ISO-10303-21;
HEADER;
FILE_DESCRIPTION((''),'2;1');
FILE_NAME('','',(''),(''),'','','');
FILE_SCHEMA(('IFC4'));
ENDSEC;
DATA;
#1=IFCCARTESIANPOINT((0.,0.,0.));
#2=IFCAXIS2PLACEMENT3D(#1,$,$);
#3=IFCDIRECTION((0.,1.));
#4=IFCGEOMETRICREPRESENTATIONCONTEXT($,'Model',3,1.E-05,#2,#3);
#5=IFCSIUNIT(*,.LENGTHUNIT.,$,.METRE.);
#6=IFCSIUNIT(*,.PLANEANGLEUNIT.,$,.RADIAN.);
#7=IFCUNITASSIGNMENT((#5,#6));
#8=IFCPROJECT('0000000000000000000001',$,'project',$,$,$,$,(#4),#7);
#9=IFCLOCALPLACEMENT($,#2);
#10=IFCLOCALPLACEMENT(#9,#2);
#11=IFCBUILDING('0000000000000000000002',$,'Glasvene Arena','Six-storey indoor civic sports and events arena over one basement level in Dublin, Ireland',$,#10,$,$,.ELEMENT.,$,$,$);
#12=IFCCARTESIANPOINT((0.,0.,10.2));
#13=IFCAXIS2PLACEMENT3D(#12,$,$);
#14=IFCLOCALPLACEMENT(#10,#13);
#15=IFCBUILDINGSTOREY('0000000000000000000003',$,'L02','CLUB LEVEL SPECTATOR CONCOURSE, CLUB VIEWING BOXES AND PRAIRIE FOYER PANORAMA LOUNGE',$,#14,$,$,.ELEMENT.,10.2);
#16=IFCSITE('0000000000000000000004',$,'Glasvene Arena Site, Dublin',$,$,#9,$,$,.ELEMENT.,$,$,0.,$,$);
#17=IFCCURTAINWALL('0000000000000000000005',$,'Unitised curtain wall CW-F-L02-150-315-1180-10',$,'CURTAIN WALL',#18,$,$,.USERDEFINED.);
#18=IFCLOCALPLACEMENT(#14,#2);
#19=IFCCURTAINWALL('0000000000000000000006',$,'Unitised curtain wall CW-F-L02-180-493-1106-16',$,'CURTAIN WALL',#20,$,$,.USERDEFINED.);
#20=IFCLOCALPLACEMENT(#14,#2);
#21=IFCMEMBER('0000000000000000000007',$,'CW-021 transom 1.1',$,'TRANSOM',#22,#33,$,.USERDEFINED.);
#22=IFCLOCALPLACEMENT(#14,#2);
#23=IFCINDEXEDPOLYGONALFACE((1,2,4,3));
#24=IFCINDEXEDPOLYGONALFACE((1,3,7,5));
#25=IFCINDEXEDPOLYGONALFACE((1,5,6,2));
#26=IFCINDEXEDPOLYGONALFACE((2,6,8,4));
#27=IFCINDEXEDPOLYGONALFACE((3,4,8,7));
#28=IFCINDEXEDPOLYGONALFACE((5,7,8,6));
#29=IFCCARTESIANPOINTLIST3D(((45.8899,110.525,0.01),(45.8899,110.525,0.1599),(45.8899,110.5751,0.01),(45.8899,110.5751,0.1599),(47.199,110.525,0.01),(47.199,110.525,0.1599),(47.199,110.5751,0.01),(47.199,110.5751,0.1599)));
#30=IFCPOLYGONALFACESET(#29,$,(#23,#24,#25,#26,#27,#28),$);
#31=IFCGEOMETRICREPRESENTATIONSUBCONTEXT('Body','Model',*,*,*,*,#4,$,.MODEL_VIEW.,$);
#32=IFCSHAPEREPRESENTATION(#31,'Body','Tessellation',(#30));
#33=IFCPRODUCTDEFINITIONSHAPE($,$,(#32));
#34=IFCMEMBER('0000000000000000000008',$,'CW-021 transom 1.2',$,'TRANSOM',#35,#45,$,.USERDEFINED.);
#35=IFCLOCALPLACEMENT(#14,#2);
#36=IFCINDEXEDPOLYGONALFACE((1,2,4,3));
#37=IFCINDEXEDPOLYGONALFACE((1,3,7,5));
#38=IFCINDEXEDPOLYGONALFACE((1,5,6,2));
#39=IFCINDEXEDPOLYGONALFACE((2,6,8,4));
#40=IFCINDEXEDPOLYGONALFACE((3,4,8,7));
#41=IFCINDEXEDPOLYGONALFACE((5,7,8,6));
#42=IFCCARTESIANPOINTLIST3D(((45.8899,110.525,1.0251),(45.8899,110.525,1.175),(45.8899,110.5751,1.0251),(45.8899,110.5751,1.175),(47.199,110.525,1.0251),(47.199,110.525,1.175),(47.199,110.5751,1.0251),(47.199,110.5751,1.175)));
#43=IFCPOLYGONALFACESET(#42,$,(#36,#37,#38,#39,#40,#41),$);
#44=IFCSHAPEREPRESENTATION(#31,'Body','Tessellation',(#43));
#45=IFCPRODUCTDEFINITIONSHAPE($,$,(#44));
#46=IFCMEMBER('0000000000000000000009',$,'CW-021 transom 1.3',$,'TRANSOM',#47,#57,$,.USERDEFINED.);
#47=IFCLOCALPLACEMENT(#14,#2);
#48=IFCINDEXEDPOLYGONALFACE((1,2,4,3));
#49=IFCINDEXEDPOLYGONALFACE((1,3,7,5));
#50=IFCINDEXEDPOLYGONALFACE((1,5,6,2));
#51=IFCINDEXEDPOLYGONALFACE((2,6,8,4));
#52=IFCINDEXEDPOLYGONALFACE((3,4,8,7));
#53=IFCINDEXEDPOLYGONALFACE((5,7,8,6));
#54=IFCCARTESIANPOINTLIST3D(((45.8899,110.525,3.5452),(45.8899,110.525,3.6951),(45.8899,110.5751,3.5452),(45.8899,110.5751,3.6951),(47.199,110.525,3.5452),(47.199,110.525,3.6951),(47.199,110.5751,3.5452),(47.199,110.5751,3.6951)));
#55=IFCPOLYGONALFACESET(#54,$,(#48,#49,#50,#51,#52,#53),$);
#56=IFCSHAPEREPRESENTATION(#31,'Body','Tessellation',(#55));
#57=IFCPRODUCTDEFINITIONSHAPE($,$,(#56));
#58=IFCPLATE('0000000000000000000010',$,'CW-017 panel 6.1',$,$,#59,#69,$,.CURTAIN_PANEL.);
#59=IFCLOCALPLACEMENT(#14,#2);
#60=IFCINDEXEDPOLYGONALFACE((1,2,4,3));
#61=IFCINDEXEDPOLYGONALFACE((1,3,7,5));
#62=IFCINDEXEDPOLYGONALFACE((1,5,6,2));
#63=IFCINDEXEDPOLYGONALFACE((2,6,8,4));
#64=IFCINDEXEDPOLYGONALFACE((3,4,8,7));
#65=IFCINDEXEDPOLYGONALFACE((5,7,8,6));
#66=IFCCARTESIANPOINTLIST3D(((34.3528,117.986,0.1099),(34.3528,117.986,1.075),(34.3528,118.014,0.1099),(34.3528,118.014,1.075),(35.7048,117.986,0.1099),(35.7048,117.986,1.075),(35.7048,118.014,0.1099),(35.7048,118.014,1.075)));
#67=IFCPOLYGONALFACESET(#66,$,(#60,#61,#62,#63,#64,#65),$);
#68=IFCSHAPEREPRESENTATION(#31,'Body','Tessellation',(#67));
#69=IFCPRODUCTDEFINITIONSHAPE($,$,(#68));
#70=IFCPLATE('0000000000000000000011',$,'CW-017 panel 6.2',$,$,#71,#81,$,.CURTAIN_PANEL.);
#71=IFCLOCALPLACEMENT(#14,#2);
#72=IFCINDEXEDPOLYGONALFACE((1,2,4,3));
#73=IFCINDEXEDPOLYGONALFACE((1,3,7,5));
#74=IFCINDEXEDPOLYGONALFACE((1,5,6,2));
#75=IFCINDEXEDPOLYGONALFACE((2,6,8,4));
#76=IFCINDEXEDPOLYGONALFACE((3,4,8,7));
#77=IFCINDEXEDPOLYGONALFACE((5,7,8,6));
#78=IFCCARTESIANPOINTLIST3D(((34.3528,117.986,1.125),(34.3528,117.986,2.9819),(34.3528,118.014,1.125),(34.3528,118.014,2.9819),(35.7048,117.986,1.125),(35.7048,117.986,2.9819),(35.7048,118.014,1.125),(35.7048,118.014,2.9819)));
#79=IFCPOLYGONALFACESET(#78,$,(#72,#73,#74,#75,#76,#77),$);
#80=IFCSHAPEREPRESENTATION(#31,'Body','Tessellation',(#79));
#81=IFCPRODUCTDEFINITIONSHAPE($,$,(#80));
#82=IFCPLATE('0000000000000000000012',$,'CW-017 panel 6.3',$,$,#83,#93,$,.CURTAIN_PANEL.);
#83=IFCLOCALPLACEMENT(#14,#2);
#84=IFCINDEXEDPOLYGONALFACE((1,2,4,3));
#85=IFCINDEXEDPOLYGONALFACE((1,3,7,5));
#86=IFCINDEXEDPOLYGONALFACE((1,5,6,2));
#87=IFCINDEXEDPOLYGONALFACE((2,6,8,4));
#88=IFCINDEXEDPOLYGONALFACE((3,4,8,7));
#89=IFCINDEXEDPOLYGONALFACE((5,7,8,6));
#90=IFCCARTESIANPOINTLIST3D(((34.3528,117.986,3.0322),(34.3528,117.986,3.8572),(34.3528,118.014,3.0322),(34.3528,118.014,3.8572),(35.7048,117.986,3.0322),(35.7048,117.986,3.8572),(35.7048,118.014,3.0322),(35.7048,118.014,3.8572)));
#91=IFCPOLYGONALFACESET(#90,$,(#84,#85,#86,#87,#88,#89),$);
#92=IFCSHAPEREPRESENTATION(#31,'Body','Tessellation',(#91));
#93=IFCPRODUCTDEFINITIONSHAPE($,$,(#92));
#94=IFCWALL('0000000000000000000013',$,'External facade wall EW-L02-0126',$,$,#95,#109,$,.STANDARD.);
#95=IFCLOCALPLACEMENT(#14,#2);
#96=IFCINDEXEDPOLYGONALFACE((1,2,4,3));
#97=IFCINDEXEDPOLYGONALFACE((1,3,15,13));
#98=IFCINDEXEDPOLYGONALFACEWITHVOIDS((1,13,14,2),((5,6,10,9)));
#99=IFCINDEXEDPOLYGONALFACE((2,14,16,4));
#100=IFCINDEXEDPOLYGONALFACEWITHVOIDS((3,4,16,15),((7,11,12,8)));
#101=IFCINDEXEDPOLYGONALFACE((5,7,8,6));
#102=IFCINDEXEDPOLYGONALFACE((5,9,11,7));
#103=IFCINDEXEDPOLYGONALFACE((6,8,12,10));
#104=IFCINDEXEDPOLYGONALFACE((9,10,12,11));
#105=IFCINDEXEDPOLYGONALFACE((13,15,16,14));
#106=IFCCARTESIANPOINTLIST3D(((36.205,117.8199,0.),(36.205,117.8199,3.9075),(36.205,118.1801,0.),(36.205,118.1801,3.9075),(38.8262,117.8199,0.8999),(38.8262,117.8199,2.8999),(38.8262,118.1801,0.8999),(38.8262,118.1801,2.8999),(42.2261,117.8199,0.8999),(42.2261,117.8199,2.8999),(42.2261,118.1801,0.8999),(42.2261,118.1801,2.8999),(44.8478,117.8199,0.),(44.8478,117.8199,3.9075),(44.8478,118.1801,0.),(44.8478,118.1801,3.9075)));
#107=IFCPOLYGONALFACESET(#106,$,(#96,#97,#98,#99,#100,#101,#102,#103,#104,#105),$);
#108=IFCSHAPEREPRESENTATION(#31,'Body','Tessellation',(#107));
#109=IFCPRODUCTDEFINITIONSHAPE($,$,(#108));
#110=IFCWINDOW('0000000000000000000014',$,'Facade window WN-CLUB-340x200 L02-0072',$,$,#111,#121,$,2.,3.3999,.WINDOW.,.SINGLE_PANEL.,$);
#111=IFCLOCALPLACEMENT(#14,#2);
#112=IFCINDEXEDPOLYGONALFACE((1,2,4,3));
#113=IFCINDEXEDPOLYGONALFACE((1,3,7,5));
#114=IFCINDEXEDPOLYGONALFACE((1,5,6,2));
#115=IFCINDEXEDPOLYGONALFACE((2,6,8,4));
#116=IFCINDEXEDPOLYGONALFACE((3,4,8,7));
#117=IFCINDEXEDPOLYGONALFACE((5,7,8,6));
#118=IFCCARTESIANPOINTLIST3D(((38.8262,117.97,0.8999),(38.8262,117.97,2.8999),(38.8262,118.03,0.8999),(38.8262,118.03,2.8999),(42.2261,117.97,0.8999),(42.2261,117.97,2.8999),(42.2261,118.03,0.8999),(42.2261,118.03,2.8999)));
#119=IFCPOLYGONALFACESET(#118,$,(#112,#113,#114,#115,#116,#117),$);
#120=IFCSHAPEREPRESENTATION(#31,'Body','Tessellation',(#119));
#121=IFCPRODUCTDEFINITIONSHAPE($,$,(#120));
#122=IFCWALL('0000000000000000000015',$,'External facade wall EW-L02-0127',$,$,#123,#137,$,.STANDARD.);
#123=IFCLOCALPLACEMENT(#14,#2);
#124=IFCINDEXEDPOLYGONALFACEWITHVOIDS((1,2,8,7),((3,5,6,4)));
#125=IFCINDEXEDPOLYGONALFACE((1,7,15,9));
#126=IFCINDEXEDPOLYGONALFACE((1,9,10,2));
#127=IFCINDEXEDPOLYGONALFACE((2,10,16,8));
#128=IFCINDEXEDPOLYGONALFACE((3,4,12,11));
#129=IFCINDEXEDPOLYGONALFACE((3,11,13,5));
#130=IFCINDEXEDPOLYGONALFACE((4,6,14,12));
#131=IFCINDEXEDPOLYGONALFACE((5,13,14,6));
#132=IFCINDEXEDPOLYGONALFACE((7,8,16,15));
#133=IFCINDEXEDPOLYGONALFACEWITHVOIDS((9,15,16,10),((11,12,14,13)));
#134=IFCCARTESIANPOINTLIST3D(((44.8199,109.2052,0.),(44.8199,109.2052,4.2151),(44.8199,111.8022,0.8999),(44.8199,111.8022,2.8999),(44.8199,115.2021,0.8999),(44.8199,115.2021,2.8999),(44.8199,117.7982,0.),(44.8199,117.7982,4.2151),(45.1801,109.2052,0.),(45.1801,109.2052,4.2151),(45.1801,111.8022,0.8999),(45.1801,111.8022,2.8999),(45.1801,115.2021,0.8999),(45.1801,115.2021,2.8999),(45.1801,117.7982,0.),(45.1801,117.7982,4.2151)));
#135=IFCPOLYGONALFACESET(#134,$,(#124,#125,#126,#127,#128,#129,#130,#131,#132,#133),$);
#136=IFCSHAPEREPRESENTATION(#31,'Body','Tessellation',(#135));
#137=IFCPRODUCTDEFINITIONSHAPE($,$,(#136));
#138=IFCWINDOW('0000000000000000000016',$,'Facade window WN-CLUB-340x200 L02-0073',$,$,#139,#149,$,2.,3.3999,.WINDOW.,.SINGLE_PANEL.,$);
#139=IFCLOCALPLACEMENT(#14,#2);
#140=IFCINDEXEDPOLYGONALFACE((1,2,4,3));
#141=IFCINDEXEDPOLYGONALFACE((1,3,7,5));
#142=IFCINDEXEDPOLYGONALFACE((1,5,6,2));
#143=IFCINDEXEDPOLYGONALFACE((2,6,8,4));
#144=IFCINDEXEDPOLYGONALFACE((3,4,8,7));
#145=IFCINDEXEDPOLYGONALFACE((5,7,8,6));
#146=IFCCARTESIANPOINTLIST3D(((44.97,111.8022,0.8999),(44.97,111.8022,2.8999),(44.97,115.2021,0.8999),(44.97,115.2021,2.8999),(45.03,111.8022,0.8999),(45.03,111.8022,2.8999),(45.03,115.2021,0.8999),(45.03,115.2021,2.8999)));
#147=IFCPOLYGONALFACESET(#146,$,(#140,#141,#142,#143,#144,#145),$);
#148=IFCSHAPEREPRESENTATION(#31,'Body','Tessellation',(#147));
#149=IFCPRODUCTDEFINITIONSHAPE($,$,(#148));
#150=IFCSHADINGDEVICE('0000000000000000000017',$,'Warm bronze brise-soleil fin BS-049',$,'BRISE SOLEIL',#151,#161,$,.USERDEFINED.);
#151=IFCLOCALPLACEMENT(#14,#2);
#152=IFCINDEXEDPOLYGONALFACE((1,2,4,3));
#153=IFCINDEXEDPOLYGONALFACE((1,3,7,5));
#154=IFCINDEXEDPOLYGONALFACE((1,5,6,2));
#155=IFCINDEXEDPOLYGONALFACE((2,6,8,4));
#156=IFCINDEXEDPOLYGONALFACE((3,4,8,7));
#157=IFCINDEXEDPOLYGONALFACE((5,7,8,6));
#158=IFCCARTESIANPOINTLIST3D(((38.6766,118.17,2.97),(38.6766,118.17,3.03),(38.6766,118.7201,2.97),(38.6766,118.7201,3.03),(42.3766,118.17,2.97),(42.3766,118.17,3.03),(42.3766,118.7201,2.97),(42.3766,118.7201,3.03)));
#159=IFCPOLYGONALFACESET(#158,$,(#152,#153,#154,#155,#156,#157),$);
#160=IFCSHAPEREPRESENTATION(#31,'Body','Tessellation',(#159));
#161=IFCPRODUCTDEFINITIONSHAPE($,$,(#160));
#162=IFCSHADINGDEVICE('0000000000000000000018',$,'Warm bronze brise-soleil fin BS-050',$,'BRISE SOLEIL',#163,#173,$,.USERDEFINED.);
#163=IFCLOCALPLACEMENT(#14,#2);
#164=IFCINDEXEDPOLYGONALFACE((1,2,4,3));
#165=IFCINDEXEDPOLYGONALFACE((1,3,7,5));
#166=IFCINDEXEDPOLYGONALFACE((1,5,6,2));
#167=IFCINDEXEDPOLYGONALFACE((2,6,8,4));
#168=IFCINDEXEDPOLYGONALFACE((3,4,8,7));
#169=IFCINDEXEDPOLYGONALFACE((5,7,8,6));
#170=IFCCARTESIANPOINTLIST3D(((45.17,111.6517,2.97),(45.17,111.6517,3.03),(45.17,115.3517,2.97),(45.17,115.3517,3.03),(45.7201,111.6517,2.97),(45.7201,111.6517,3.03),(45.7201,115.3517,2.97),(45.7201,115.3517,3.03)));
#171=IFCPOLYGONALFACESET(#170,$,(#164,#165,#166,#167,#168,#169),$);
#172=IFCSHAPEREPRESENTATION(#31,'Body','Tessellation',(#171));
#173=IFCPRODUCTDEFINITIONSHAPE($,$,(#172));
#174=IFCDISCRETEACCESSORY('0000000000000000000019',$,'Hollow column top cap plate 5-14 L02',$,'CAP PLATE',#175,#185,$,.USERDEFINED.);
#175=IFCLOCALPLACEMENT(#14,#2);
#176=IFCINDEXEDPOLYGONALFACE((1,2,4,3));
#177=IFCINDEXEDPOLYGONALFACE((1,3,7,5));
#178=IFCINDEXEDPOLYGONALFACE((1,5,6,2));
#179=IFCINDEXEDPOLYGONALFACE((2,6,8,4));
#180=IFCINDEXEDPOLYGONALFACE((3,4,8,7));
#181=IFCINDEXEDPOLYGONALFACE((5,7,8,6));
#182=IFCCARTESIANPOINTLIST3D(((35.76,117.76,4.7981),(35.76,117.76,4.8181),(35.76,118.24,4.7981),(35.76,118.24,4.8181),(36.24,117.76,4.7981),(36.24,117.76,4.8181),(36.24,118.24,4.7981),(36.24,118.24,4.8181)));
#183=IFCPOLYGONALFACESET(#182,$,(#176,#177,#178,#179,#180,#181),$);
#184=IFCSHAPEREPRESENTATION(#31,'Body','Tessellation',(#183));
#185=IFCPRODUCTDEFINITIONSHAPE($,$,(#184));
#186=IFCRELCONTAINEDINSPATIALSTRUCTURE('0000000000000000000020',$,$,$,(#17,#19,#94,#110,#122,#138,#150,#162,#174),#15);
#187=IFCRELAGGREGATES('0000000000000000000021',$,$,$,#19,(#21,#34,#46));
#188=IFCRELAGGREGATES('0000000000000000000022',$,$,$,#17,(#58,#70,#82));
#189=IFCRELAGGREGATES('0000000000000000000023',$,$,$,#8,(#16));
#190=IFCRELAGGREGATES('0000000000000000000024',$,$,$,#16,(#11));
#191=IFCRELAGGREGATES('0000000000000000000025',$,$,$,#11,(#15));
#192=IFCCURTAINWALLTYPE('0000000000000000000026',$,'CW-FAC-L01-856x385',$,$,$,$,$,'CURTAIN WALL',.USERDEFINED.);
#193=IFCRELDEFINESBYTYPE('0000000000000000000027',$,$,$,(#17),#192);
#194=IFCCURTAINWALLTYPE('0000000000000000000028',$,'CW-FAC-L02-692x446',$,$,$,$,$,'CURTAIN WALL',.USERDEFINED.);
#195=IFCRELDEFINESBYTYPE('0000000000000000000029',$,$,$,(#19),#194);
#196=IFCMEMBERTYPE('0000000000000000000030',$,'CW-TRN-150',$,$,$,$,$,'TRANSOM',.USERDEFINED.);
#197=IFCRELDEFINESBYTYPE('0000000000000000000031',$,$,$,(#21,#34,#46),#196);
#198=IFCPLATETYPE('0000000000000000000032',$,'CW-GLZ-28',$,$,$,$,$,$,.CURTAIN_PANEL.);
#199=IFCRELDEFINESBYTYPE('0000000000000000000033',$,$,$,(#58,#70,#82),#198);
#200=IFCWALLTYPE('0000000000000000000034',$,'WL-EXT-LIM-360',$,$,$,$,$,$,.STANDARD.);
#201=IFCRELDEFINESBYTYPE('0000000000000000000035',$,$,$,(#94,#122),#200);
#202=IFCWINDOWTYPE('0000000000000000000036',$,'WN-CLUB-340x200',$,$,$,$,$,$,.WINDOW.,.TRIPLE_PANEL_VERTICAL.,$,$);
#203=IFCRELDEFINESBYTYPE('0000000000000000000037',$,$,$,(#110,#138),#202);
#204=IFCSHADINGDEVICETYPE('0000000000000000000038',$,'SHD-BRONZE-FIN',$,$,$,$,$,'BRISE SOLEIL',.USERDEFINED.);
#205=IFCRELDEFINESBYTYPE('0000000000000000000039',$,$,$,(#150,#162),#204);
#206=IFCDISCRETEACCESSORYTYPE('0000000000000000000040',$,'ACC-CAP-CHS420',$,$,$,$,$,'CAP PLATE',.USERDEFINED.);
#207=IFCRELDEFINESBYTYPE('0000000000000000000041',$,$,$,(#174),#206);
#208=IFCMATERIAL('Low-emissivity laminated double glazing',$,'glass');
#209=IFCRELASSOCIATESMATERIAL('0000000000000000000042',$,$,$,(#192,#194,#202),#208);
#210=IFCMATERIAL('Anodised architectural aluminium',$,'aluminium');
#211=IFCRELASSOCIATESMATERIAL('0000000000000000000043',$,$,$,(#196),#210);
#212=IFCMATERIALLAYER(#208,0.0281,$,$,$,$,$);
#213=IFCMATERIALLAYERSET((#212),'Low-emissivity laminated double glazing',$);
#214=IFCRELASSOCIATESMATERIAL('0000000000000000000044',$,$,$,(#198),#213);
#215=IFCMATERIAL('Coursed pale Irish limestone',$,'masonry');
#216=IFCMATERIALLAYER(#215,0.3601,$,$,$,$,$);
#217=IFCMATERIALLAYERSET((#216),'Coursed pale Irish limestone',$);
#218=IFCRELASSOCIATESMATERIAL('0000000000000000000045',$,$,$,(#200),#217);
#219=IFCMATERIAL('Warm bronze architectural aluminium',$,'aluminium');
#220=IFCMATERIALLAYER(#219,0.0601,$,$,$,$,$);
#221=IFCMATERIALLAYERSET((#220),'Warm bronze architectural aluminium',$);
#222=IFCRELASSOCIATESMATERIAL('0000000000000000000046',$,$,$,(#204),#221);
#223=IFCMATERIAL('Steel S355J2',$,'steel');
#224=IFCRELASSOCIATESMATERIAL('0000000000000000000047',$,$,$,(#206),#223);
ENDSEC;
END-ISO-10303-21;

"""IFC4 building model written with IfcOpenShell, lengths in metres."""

from ifc_helpers import new_model, si_unit, direction, frame, frame_2d, origin, origin_2d, place, context, subcontext, project, spatial, rectangle, extrude, material, layer, layer_set, material_profile, profile_set, type_object, element, fill, aggregate, save


model = new_model("IFC4")

# Units and contexts
model_context = context("Model", 3, precision=1e-05, world=origin(), true_north=direction((0.0, 1.0)))
body_context = subcontext(model_context, "Body", "Model", "MODEL_VIEW")
ifc_project = project(units=[si_unit("LENGTHUNIT", "METRE"), si_unit("PLANEANGLEUNIT", "RADIAN")], contexts=[model_context])

# Site, building, storey
site_placement = place(None, origin())
site = spatial("IfcSite", under=ifc_project, at=site_placement, Name="Glasvene Arena Site, Dublin", CompositionType="ELEMENT", RefElevation=0.0)
building_placement = place(site_placement, origin())
building = spatial("IfcBuilding", under=site, at=building_placement, Name="Glasvene Arena", Description="Six-storey indoor civic sports and events arena over one basement level in Dublin, Ireland", CompositionType="ELEMENT")
storey_placement = place(building_placement, frame((0.0, 0.0, 10.2)))
storey = spatial("IfcBuildingStorey", under=building, at=storey_placement, Name="L02", Description="CLUB LEVEL SPECTATOR CONCOURSE, CLUB VIEWING BOXES AND PRAIRIE FOYER PANORAMA LOUNGE", CompositionType="ELEMENT", Elevation=10.2)

# Shared definitions
ifc_material_1 = material(Name="Steel S355J2", Category="steel")

# Curtain walls
ifc_material_2 = material(Name="Low-emissivity laminated double glazing", Category="glass")
curtain_wall_type_1 = type_object("IfcCurtainWallType", Name="CW-FAC-L01-856x385", ElementType="CURTAIN WALL", PredefinedType="USERDEFINED", material=ifc_material_2)
curtain_wall_1_placement = place(storey_placement, frame((27.1919, 118.0, 0.0)))
curtain_wall_1 = element("IfcCurtainWall", 1, at=curtain_wall_1_placement, inside=storey, type_object=curtain_wall_type_1, Name="Unitised curtain wall CW-F-L02-150-315-1180-10", ObjectType="CURTAIN WALL", PredefinedType="USERDEFINED")
ifc_material_3 = material(Name="Anodised architectural aluminium", Category="aluminium")
curtain_wall_type_2 = type_object("IfcCurtainWallType", Name="CW-FAC-L02-692x446", ElementType="CURTAIN WALL", PredefinedType="USERDEFINED", material=ifc_material_2)
curtain_wall_2_placement = place(storey_placement, frame((45.8401, 110.55, 0.0)))
curtain_wall_2 = element("IfcCurtainWall", 2, at=curtain_wall_2_placement, inside=storey, type_object=curtain_wall_type_2, Name="Unitised curtain wall CW-F-L02-180-493-1106-16", ObjectType="CURTAIN WALL", PredefinedType="USERDEFINED")

# Members
ifc_material_profile_1 = material_profile(ifc_material_3, rectangle(XDim=0.05, YDim=0.1499, at=origin_2d()), Name="ALU TRANSOM 50x150")
ifc_profile_set_1 = profile_set([ifc_material_profile_1], Name="Anodised architectural aluminium")
member_type_1 = type_object("IfcMemberType", Name="CW-TRN-150", ElementType="TRANSOM", PredefinedType="USERDEFINED", material=ifc_profile_set_1)
member_1_placement = place(storey_placement, frame((45.8899, 110.55, 0.085), z_axis=(1.0, 0.0, 0.0), x_axis=(0.0, 1.0, 0.0)))
member_1 = element("IfcMember", 3, at=member_1_placement, type_object=member_type_1, Name="CW-021 transom 1.1", ObjectType="TRANSOM", PredefinedType="USERDEFINED", context=body_context, shape_type="SweptSolid", body=[
    extrude(rectangle(XDim=0.05, YDim=0.1499, at=origin_2d()), origin(), (0.0, 0.0, 1.0), 1.3091),
])
member_2_placement = place(storey_placement, frame((45.8899, 110.55, 1.1001), z_axis=(1.0, 0.0, 0.0), x_axis=(0.0, 1.0, 0.0)))
member_2 = element("IfcMember", 4, at=member_2_placement, type_object=member_type_1, Name="CW-021 transom 1.2", ObjectType="TRANSOM", PredefinedType="USERDEFINED", context=body_context, shape_type="SweptSolid", body=[
    extrude(rectangle(XDim=0.05, YDim=0.1499, at=origin_2d()), origin(), (0.0, 0.0, 1.0), 1.3091),
])
member_3_placement = place(storey_placement, frame((45.8899, 110.55, 3.6201), z_axis=(1.0, 0.0, 0.0), x_axis=(0.0, 1.0, 0.0)))
member_3 = element("IfcMember", 5, at=member_3_placement, type_object=member_type_1, Name="CW-021 transom 1.3", ObjectType="TRANSOM", PredefinedType="USERDEFINED", context=body_context, shape_type="SweptSolid", body=[
    extrude(rectangle(XDim=0.05, YDim=0.1499, at=origin_2d()), origin(), (0.0, 0.0, 1.0), 1.3091),
])
aggregate(curtain_wall_2, [member_1, member_2, member_3])

# Plates
ifc_layer_1 = layer(ifc_material_2, 0.0281)
ifc_layer_set_1 = layer_set([ifc_layer_1], Name="Low-emissivity laminated double glazing")
plate_type = type_object("IfcPlateType", Name="CW-GLZ-28", PredefinedType="CURTAIN_PANEL", material=ifc_layer_set_1)
plate_1_placement = place(storey_placement, frame((35.0288, 118.0, 0.1099), z_axis=(0.0, 0.0, 1.0), x_axis=(1.0, 0.0, 0.0)))
plate_1 = element("IfcPlate", 6, at=plate_1_placement, type_object=plate_type, Name="CW-017 panel 6.1", PredefinedType="CURTAIN_PANEL", context=body_context, shape_type="SweptSolid", body=[
    extrude(rectangle(XDim=1.3521, YDim=0.0281, at=origin_2d()), origin(), (0.0, 0.0, 1.0), 0.9651),
])
plate_2_placement = place(storey_placement, frame((35.0288, 118.0, 1.125), z_axis=(0.0, 0.0, 1.0), x_axis=(1.0, 0.0, 0.0)))
plate_2 = element("IfcPlate", 7, at=plate_2_placement, type_object=plate_type, Name="CW-017 panel 6.2", PredefinedType="CURTAIN_PANEL", context=body_context, shape_type="SweptSolid", body=[
    extrude(rectangle(XDim=1.3521, YDim=0.0281, at=origin_2d()), origin(), (0.0, 0.0, 1.0), 1.8569),
])
plate_3_placement = place(storey_placement, frame((35.0288, 118.0, 3.0322), z_axis=(0.0, 0.0, 1.0), x_axis=(1.0, 0.0, 0.0)))
plate_3 = element("IfcPlate", 8, at=plate_3_placement, type_object=plate_type, Name="CW-017 panel 6.3", PredefinedType="CURTAIN_PANEL", context=body_context, shape_type="SweptSolid", body=[
    extrude(rectangle(XDim=1.3521, YDim=0.0281, at=origin_2d()), origin(), (0.0, 0.0, 1.0), 0.825),
])
aggregate(curtain_wall_1, [plate_1, plate_2, plate_3])

# Walls, openings, windows
ifc_material_4 = material(Name="Coursed pale Irish limestone", Category="masonry")
ifc_layer_2 = layer(ifc_material_4, 0.3601)
ifc_layer_set_2 = layer_set([ifc_layer_2], Name="Coursed pale Irish limestone")
wall_type = type_object("IfcWallType", Name="WL-EXT-LIM-360", PredefinedType="STANDARD", material=ifc_layer_set_2)
wall_1_placement = place(storey_placement, frame((36.2051, 118.0, 0.0), z_axis=(0.0, 0.0, 1.0), x_axis=(1.0, 0.0, 0.0)))
wall_1 = element("IfcWall", 9, at=wall_1_placement, inside=storey, type_object=wall_type, Name="External facade wall EW-L02-0126", PredefinedType="STANDARD", context=body_context, shape_type="SweptSolid", body=[
    extrude(rectangle(XDim=8.6428, YDim=0.3601, at=frame_2d((4.3213, 0.0))), origin(), (0.0, 0.0, 1.0), 3.9075),
])
opening_1_placement = place(wall_1_placement, frame((2.6211, 0.0, 0.8999)))
opening_1 = element("IfcOpeningElement", 10, at=opening_1_placement, cuts=wall_1, PredefinedType="OPENING", context=body_context, shape_type="SweptSolid", body=[
    extrude(rectangle(XDim=3.3999, YDim=2.0, at=frame_2d((1.7, 1.0))), frame((0.0, 0.1899, 0.0), z_axis=(0.0, -1.0, 0.0), x_axis=(1.0, 0.0, 0.0)), (0.0, 0.0, 1.0), 0.3801),
])
window_type = type_object("IfcWindowType", Name="WN-CLUB-340x200", PartitioningType="TRIPLE_PANEL_VERTICAL", PredefinedType="WINDOW", material=ifc_material_2)
window_1_placement = place(opening_1_placement, origin())
window_1 = element("IfcWindow", 11, at=window_1_placement, inside=storey, type_object=window_type, Name="Facade window WN-CLUB-340x200 L02-0072", OverallHeight=2.0, OverallWidth=3.3999, PartitioningType="SINGLE_PANEL", PredefinedType="WINDOW", context=body_context, shape_type="SweptSolid", body=[
    extrude(rectangle(XDim=3.3999, YDim=2.0, at=frame_2d((1.7, 1.0))), frame((0.0, 0.03, 0.0), z_axis=(0.0, -1.0, 0.0), x_axis=(1.0, 0.0, 0.0)), (0.0, 0.0, 1.0), 0.0601),
])
fill(opening_1, window_1)
wall_2_placement = place(storey_placement, frame((45.0, 117.7981, 0.0), z_axis=(0.0, 0.0, 1.0), x_axis=(0.0, -1.0, 0.0)))
wall_2 = element("IfcWall", 12, at=wall_2_placement, inside=storey, type_object=wall_type, Name="External facade wall EW-L02-0127", PredefinedType="STANDARD", context=body_context, shape_type="SweptSolid", body=[
    extrude(rectangle(XDim=8.593, YDim=0.3601, at=frame_2d((4.2964, 0.0))), origin(), (0.0, 0.0, 1.0), 4.2151),
])
opening_2_placement = place(wall_2_placement, frame((2.5959, 0.0, 0.8999)))
opening_2 = element("IfcOpeningElement", 13, at=opening_2_placement, cuts=wall_2, PredefinedType="OPENING", context=body_context, shape_type="SweptSolid", body=[
    extrude(rectangle(XDim=3.3999, YDim=2.0, at=frame_2d((1.7, 1.0))), frame((0.0, 0.1899, 0.0), z_axis=(0.0, -1.0, 0.0), x_axis=(1.0, 0.0, 0.0)), (0.0, 0.0, 1.0), 0.3801),
])
window_2_placement = place(opening_2_placement, origin())
window_2 = element("IfcWindow", 14, at=window_2_placement, inside=storey, type_object=window_type, Name="Facade window WN-CLUB-340x200 L02-0073", OverallHeight=2.0, OverallWidth=3.3999, PartitioningType="SINGLE_PANEL", PredefinedType="WINDOW", context=body_context, shape_type="SweptSolid", body=[
    extrude(rectangle(XDim=3.3999, YDim=2.0, at=frame_2d((1.7, 1.0))), frame((0.0, 0.03, 0.0), z_axis=(0.0, -1.0, 0.0), x_axis=(1.0, 0.0, 0.0)), (0.0, 0.0, 1.0), 0.0601),
])
fill(opening_2, window_2)

# Shading devices
ifc_material_5 = material(Name="Warm bronze architectural aluminium", Category="aluminium")
ifc_layer_3 = layer(ifc_material_5, 0.0601)
ifc_layer_set_3 = layer_set([ifc_layer_3], Name="Warm bronze architectural aluminium")
shading_device_type = type_object("IfcShadingDeviceType", Name="SHD-BRONZE-FIN", ElementType="BRISE SOLEIL", PredefinedType="USERDEFINED", material=ifc_layer_set_3)
for number, where, z_axis, x_axis, name in (
    (15, (40.5266, 118.4451, 2.97), (0.0, 0.0, 1.0), (1.0, 0.0, 0.0), "Warm bronze brise-soleil fin BS-049"),
    (16, (45.4451, 113.5017, 2.97), (0.0, 0.0, 1.0), (0.0, -1.0, 0.0), "Warm bronze brise-soleil fin BS-050"),
):
    element("IfcShadingDevice", number, at=place(storey_placement, frame(where, z_axis=z_axis, x_axis=x_axis)), inside=storey, type_object=shading_device_type, Name=name, ObjectType="BRISE SOLEIL", PredefinedType="USERDEFINED", context=body_context, shape_type="SweptSolid", body=[
        extrude(rectangle(XDim=3.7, YDim=0.55, at=origin_2d()), origin(), (0.0, 0.0, 1.0), 0.0601),
    ])

# Discrete accessory
discrete_accessory_type_1 = type_object("IfcDiscreteAccessoryType", Name="ACC-CAP-CHS420", ElementType="CAP PLATE", PredefinedType="USERDEFINED", material=ifc_material_1)
for number, where, z_axis, x_axis, name in (
    (17, (36.0, 118.0, 4.7981), (0.0, 0.0, 1.0), (1.0, 0.0, 0.0), "Hollow column top cap plate 5-14 L02"),
):
    element("IfcDiscreteAccessory", number, at=place(storey_placement, frame(where, z_axis=z_axis, x_axis=x_axis)), inside=storey, type_object=discrete_accessory_type_1, Name=name, ObjectType="CAP PLATE", PredefinedType="USERDEFINED", context=body_context, shape_type="SweptSolid", body=[
        extrude(rectangle(XDim=0.48, YDim=0.48, at=origin_2d()), origin(), (0.0, 0.0, 1.0), 0.02),
    ])

save(model, "model.ifc")
